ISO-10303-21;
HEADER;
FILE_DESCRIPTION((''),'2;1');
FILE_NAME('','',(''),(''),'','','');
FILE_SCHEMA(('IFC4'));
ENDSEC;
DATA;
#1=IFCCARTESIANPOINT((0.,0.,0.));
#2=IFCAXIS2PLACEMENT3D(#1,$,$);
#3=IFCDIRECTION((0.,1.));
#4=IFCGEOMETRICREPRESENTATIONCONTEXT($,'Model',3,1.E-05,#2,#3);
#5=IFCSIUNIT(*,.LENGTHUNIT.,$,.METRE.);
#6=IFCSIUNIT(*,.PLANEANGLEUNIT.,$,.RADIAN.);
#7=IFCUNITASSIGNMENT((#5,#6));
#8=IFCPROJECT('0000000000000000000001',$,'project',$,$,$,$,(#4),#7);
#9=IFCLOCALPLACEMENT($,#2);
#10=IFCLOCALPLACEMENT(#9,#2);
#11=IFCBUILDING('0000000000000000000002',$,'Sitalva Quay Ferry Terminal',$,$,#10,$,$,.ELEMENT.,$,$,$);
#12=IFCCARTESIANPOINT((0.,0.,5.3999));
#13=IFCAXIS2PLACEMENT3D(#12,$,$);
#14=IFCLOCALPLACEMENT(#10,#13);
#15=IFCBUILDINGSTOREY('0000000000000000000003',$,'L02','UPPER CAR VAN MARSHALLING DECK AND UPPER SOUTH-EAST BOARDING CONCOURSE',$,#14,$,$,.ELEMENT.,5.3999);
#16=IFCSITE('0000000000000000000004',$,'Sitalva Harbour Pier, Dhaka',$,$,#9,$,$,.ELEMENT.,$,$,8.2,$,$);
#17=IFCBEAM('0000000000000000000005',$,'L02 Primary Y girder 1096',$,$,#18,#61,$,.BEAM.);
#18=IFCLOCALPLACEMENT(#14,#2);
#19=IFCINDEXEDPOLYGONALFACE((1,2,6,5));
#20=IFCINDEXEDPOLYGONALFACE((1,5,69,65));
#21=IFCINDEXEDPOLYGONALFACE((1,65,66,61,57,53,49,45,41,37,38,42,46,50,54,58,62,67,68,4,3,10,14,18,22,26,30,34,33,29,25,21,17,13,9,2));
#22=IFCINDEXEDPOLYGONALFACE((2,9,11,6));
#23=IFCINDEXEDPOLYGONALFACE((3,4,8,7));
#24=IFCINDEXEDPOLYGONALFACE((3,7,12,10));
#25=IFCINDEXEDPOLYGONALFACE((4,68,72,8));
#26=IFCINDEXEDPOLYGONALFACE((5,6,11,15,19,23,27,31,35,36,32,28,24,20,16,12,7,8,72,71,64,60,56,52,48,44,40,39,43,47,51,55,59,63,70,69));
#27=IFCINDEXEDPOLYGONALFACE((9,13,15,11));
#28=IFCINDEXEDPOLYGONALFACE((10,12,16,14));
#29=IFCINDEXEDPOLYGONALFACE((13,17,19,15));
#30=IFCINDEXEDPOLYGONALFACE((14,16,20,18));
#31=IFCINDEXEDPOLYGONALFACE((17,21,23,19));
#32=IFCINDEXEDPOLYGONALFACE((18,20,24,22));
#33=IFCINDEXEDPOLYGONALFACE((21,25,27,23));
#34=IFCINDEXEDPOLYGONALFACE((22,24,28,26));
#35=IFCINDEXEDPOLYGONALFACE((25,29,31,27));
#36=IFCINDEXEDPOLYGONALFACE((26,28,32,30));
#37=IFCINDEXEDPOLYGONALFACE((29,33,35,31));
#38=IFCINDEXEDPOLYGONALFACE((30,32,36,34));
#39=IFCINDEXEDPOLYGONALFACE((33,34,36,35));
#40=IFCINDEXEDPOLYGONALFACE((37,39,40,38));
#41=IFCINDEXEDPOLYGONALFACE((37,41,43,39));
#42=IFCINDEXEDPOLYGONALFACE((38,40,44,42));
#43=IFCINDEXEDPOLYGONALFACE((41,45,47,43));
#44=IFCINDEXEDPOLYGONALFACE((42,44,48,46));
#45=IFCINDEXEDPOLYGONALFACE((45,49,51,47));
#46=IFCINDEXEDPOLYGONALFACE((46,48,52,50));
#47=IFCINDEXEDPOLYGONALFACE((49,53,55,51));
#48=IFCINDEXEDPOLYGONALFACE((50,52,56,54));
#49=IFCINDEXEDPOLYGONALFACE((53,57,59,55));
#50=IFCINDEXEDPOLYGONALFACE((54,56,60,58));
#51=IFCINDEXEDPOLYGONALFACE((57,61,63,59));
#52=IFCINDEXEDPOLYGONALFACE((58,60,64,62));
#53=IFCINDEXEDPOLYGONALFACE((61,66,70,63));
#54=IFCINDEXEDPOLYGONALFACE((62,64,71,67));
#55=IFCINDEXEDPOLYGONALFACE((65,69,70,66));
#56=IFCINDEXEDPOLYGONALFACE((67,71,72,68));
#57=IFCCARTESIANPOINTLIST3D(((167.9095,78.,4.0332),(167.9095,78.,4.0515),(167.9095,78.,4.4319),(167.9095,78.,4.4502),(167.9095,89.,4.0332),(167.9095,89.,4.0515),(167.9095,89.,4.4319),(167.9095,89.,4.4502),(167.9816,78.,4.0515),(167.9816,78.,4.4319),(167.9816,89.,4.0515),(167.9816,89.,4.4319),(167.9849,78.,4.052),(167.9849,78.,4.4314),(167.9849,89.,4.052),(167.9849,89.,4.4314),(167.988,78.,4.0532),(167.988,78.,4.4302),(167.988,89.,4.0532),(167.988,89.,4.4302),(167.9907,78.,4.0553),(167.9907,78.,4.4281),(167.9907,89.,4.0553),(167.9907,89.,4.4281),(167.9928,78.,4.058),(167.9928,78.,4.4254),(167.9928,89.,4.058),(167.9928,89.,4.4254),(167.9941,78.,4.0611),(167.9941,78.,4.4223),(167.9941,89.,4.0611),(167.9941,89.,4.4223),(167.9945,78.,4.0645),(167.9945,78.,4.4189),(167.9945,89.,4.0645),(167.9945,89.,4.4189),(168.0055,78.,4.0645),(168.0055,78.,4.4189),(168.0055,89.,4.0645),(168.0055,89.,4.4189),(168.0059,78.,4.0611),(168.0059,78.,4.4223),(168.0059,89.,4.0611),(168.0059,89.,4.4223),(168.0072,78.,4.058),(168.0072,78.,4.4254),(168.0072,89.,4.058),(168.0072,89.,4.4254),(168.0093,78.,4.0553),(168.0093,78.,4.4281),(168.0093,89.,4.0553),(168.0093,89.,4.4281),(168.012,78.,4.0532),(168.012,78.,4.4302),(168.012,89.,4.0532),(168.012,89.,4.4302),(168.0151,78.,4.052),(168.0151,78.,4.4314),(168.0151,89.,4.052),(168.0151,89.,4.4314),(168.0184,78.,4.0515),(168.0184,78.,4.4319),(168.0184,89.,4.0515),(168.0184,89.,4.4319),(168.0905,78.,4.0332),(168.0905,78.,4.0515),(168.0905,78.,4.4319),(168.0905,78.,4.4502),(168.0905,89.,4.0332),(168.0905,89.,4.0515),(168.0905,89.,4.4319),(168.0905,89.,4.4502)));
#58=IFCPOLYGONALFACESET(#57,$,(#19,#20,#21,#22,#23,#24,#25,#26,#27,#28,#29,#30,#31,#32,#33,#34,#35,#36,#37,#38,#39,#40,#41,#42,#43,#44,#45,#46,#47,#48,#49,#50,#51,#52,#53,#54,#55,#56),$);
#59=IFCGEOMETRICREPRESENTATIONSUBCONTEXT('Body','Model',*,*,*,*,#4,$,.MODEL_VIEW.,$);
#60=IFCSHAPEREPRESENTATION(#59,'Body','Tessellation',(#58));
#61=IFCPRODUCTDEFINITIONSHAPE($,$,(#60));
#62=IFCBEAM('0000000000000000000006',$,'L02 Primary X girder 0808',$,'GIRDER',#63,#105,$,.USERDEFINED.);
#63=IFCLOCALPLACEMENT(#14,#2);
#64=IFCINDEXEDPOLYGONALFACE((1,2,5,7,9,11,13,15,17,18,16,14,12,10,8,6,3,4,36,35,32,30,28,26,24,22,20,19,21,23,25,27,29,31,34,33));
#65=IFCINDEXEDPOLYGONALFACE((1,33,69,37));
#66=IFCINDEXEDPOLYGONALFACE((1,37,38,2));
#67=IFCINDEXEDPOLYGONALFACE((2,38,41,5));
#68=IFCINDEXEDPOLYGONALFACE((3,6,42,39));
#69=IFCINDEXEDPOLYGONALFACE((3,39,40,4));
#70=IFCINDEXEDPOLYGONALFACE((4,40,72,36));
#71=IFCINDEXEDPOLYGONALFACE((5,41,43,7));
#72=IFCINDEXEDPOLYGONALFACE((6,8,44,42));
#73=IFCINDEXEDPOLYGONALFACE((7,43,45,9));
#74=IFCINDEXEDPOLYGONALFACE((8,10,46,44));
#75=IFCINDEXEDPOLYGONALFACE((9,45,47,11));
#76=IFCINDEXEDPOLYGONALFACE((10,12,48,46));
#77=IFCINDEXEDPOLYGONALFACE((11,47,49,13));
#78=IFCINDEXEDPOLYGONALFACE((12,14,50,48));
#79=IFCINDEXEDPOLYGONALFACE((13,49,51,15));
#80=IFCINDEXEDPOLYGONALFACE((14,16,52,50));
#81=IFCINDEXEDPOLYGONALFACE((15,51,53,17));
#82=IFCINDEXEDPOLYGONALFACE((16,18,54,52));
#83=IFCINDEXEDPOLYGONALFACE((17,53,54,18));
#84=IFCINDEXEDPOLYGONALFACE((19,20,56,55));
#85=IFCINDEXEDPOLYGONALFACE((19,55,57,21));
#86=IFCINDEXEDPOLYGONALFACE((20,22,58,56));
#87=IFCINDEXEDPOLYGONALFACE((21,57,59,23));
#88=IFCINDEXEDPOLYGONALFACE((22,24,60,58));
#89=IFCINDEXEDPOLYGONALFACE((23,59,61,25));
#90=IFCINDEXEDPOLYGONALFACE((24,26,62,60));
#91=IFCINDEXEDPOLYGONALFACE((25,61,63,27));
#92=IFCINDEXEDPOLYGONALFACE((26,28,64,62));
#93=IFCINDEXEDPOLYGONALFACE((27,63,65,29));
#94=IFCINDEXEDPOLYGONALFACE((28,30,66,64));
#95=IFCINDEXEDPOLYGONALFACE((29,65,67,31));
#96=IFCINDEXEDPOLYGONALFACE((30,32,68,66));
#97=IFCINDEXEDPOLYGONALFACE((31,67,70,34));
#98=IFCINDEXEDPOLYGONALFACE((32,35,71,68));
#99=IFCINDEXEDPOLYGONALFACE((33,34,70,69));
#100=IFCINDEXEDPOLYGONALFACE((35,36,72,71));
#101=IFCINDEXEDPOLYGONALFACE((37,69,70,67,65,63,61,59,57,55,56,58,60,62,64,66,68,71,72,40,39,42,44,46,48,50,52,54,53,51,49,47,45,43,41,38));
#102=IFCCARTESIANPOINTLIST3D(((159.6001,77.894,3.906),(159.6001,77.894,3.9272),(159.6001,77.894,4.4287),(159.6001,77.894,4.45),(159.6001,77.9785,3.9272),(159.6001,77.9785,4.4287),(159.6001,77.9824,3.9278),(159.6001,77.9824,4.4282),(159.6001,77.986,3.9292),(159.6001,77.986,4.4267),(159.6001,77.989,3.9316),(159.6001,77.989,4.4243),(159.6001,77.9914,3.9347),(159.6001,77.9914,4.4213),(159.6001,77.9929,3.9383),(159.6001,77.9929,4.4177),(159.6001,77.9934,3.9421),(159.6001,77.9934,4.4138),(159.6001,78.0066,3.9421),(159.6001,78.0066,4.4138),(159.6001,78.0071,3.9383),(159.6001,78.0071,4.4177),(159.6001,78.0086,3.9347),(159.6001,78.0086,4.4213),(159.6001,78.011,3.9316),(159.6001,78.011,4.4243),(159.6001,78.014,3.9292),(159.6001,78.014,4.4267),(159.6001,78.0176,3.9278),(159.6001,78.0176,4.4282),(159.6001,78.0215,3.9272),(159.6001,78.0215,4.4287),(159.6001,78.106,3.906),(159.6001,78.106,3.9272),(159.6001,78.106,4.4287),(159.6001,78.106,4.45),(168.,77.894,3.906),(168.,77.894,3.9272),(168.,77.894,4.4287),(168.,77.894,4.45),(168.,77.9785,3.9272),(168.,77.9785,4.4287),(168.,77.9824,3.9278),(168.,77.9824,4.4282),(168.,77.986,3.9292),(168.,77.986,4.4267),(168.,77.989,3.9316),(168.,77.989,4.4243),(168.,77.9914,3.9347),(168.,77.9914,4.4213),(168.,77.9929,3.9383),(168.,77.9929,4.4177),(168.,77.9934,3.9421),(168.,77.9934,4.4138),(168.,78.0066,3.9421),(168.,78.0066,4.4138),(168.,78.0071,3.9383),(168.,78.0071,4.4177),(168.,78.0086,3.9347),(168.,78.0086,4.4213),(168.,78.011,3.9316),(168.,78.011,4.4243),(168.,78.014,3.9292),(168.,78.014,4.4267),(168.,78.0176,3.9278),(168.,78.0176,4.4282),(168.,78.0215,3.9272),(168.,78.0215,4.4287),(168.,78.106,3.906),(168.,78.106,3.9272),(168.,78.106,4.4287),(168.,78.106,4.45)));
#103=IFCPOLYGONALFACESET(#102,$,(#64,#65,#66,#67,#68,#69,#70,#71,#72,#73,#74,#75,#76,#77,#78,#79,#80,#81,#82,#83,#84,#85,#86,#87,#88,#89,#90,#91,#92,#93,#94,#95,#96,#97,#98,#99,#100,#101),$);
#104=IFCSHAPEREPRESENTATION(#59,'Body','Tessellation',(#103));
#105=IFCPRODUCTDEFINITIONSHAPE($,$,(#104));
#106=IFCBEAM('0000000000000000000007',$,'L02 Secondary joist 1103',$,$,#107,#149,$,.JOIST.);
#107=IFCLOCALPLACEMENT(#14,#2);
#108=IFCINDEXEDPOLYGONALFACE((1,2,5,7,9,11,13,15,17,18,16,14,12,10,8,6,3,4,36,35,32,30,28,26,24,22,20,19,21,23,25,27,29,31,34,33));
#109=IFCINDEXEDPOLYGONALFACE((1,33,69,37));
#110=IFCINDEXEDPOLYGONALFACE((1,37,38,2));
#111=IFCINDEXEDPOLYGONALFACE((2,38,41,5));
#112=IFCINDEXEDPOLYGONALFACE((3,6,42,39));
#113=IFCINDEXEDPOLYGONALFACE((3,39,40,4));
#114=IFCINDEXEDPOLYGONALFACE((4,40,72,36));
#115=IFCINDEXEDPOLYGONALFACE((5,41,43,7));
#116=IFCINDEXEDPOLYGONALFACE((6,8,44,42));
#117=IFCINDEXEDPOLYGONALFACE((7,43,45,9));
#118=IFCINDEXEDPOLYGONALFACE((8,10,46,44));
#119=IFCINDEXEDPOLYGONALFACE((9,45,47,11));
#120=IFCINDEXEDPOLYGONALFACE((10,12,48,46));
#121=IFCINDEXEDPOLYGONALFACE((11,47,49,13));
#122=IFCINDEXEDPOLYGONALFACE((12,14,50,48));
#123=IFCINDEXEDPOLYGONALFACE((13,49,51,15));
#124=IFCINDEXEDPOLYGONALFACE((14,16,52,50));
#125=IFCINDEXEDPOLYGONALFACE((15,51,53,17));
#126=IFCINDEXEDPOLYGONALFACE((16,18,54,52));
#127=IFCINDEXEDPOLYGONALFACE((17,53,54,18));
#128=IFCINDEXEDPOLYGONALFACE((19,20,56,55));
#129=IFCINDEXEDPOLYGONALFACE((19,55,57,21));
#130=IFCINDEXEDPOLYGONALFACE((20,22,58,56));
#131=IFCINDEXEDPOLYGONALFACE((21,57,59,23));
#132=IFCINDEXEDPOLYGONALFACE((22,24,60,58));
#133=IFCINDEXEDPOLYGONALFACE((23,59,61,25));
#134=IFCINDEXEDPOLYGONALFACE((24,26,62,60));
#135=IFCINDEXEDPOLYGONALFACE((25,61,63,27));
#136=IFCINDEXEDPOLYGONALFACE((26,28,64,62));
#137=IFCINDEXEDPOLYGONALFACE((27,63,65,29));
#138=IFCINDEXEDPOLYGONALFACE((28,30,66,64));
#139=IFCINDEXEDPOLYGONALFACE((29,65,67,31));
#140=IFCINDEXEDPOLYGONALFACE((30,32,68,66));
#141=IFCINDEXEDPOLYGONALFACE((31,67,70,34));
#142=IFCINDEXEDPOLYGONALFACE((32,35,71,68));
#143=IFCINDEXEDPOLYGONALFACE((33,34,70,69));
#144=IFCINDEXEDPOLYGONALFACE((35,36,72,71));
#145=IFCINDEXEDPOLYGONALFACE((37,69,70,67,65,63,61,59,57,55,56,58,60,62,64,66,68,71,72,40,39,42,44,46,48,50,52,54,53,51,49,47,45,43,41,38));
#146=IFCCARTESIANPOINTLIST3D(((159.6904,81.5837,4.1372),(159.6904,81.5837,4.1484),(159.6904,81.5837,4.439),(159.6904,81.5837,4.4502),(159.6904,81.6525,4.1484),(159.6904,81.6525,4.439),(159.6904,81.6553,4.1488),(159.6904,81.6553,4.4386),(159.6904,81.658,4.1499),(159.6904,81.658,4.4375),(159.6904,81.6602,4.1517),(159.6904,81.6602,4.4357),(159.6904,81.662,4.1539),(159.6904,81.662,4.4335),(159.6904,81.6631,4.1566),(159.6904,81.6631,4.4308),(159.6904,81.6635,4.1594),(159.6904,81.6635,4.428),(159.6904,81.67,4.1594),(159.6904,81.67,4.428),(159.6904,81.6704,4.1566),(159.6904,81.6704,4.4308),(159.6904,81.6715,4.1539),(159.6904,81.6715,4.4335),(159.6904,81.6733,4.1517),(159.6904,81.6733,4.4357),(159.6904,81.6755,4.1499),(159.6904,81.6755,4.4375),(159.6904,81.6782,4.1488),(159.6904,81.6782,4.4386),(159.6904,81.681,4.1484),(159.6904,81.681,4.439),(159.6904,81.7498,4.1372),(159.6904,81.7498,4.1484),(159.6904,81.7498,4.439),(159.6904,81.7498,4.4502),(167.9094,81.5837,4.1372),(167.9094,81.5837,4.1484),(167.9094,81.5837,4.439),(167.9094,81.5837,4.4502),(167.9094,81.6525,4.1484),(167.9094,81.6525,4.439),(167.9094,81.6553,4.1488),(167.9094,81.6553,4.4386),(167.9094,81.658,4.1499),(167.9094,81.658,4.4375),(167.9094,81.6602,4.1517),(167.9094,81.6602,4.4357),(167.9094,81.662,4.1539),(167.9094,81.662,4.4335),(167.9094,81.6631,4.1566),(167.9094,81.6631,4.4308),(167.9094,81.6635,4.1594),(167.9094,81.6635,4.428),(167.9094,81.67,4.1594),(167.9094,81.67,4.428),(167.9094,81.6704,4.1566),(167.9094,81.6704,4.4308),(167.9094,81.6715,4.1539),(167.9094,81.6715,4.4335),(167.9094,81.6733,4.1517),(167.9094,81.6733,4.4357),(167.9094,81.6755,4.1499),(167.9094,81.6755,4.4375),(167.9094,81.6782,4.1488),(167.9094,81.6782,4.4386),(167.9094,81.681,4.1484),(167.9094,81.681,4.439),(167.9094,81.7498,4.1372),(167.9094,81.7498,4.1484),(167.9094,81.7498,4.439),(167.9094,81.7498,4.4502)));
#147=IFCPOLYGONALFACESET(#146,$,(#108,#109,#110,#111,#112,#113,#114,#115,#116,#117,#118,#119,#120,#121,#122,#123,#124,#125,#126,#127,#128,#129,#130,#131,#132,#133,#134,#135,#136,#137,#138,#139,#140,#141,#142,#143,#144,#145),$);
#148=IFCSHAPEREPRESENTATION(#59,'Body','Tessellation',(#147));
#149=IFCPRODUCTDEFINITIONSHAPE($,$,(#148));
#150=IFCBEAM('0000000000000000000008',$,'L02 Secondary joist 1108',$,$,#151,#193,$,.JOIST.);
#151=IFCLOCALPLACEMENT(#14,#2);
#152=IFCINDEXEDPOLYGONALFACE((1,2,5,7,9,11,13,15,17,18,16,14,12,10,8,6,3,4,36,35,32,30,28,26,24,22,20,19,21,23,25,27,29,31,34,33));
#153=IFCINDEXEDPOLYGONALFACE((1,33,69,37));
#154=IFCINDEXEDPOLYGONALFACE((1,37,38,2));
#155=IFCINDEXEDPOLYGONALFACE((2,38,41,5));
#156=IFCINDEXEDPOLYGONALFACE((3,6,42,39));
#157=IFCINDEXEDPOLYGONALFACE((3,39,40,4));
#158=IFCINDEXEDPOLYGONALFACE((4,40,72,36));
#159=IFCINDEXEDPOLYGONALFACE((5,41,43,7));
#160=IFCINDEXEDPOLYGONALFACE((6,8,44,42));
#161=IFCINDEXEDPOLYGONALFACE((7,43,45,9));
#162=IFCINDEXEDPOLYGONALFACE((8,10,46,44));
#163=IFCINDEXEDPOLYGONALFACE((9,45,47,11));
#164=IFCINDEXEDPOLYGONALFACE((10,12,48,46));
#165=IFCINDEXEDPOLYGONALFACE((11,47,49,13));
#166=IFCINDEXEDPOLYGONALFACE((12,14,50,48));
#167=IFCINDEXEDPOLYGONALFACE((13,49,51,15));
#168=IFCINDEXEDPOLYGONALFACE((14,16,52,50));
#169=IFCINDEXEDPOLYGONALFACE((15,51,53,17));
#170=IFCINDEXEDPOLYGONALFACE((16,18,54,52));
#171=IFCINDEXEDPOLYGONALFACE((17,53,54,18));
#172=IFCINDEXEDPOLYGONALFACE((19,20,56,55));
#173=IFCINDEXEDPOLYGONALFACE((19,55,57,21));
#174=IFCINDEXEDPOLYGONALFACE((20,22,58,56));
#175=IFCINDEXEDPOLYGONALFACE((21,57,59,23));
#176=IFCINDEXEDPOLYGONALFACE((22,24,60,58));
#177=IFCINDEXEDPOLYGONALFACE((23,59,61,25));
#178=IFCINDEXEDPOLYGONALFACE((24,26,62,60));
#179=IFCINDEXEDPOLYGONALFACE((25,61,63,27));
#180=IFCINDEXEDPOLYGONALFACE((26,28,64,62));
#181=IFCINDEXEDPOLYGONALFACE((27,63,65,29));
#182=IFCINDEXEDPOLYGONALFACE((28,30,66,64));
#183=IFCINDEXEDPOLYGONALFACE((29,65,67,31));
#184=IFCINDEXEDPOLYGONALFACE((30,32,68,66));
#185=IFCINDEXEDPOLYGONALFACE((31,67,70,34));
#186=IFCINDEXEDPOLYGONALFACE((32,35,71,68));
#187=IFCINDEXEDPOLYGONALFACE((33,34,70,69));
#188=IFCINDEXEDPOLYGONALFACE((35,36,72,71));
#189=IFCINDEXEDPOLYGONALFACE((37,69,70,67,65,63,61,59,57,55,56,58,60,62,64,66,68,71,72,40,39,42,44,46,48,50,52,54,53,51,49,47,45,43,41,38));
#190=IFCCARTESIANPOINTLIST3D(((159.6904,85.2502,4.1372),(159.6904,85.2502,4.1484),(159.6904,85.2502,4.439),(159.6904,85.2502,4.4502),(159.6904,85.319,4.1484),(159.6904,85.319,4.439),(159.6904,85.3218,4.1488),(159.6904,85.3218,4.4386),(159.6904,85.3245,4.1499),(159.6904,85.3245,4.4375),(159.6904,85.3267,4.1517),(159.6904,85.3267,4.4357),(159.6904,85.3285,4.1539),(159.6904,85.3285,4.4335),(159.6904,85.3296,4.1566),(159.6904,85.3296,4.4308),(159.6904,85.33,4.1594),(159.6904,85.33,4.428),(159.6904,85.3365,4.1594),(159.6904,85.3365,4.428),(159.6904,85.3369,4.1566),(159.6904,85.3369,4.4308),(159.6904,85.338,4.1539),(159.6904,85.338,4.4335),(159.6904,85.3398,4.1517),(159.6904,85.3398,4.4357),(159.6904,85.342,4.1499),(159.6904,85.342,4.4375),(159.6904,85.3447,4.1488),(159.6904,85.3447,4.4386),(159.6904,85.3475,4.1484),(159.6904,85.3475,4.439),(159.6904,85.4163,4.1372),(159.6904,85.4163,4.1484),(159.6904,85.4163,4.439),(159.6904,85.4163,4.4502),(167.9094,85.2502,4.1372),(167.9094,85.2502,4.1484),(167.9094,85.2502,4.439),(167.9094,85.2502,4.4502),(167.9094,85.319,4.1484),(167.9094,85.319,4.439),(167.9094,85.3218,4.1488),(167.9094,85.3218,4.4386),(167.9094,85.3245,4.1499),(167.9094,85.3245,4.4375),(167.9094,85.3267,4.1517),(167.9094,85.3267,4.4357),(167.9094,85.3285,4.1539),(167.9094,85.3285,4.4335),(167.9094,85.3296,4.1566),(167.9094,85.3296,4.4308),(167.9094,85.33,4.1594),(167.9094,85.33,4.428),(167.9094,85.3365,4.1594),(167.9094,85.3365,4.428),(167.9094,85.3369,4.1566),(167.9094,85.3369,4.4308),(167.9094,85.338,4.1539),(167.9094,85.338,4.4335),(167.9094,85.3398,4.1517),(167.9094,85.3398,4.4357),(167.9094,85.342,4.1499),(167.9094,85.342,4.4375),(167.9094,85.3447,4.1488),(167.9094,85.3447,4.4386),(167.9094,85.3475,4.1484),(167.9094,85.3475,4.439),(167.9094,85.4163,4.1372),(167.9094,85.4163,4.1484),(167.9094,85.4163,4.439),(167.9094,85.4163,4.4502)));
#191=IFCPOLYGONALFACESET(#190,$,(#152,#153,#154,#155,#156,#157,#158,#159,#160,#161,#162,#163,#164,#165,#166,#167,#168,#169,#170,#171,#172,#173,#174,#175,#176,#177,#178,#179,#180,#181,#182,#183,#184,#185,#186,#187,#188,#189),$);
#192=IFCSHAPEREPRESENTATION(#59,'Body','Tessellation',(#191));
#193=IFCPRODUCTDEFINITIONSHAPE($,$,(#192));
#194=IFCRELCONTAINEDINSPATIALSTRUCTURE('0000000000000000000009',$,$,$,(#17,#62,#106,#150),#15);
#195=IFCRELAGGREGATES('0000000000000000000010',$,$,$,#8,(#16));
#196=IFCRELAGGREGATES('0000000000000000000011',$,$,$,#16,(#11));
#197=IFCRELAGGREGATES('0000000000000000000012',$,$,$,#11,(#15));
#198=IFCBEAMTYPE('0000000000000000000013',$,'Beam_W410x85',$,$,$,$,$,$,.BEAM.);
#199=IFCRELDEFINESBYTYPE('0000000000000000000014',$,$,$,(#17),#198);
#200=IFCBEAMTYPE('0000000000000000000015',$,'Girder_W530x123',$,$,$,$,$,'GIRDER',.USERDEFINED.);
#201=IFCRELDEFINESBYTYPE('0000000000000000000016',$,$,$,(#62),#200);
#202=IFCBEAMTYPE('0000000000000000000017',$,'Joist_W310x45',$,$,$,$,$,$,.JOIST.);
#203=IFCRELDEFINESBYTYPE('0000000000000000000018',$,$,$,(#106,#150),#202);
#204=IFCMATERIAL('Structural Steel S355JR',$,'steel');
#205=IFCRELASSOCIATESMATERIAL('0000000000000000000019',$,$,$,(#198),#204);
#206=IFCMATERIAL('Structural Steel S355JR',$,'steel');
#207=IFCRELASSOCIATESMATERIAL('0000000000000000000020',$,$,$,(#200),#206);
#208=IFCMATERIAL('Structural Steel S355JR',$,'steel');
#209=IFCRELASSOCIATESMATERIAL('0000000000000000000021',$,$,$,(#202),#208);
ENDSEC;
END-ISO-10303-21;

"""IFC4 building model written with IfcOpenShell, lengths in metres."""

from ifc_helpers import new_model, si_unit, direction, frame, origin, origin_2d, place, context, subcontext, project, spatial, i_section, extrude, material, material_profile, profile_set, type_object, element, save


model = new_model("IFC4")

# Units and contexts
model_context = context("Model", 3, precision=1e-05, world=origin(), true_north=direction((0.0, 1.0)))
body_context = subcontext(model_context, "Body", "Model", "MODEL_VIEW")
ifc_project = project(units=[si_unit("LENGTHUNIT", "METRE"), si_unit("PLANEANGLEUNIT", "RADIAN")], contexts=[model_context])

# Site, building, storey
site_placement = place(None, origin())
site = spatial("IfcSite", under=ifc_project, at=site_placement, Name="Sitalva Harbour Pier, Dhaka", CompositionType="ELEMENT", RefElevation=8.2)
building_placement = place(site_placement, origin())
building = spatial("IfcBuilding", under=site, at=building_placement, Name="Sitalva Quay Ferry Terminal", CompositionType="ELEMENT")
storey_placement = place(building_placement, frame((0.0, 0.0, 5.3999)))
storey = spatial("IfcBuildingStorey", under=building, at=storey_placement, Name="L02", Description="UPPER CAR VAN MARSHALLING DECK AND UPPER SOUTH-EAST BOARDING CONCOURSE", CompositionType="ELEMENT", Elevation=5.3999)

# Beams
ifc_material_1 = material(Name="Structural Steel S355JR", Category="steel")
ifc_material_profile_1 = material_profile(ifc_material_1, i_section(OverallWidth=0.1809, OverallDepth=0.417, WebThickness=0.011, FlangeThickness=0.0183, FilletRadius=0.0129, at=origin_2d()), Name="W410x85")
ifc_profile_set_1 = profile_set([ifc_material_profile_1], Name="Structural Steel S355JR")
beam_type_1 = type_object("IfcBeamType", Name="Beam_W410x85", PredefinedType="BEAM", material=ifc_profile_set_1)
for number, where, z_axis, x_axis, name in (
    (1, (168.0, 78.0, 4.2417), (0.0, 1.0, 0.0), (-1.0, 0.0, 0.0), "L02 Primary Y girder 1096"),
):
    element("IfcBeam", number, at=place(storey_placement, frame(where, z_axis=z_axis, x_axis=x_axis)), inside=storey, type_object=beam_type_1, Name=name, PredefinedType="BEAM", context=body_context, shape_type="SweptSolid", body=[
        extrude(i_section(OverallWidth=0.1809, OverallDepth=0.417, WebThickness=0.011, FlangeThickness=0.0183, FilletRadius=0.0129, at=origin_2d()), origin(), (0.0, 0.0, 1.0), 11.0),
    ])
ifc_material_2 = material(Name="Structural Steel S355JR", Category="steel")
ifc_material_profile_2 = material_profile(ifc_material_2, i_section(OverallWidth=0.2119, OverallDepth=0.5439, WebThickness=0.0132, FlangeThickness=0.0212, FilletRadius=0.0149, at=origin_2d()), Name="W530x123")
ifc_profile_set_2 = profile_set([ifc_material_profile_2], Name="Structural Steel S355JR")
beam_type_2 = type_object("IfcBeamType", Name="Girder_W530x123", ElementType="GIRDER", PredefinedType="USERDEFINED", material=ifc_profile_set_2)
beam_placement = place(storey_placement, frame((159.6001, 78.0, 4.178), z_axis=(1.0, 0.0, 0.0), x_axis=(0.0, 1.0, 0.0)))
element("IfcBeam", 2, at=beam_placement, inside=storey, type_object=beam_type_2, Name="L02 Primary X girder 0808", ObjectType="GIRDER", PredefinedType="USERDEFINED", context=body_context, shape_type="SweptSolid", body=[
    extrude(i_section(OverallWidth=0.2119, OverallDepth=0.5439, WebThickness=0.0132, FlangeThickness=0.0212, FilletRadius=0.0149, at=origin_2d()), origin(), (0.0, 0.0, 1.0), 8.3999),
])
ifc_material_3 = material(Name="Structural Steel S355JR", Category="steel")
ifc_material_profile_3 = material_profile(ifc_material_3, i_section(OverallWidth=0.166, OverallDepth=0.313, WebThickness=0.0066, FlangeThickness=0.0112, FilletRadius=0.011, at=origin_2d()), Name="W310x45")
ifc_profile_set_3 = profile_set([ifc_material_profile_3], Name="Structural Steel S355JR")
beam_type_3 = type_object("IfcBeamType", Name="Joist_W310x45", PredefinedType="JOIST", material=ifc_profile_set_3)
for number, where, z_axis, x_axis, name in (
    (3, (159.6904, 81.6667, 4.2937), (1.0, 0.0, 0.0), (0.0, 1.0, 0.0), "L02 Secondary joist 1103"),
    (4, (159.6904, 85.3333, 4.2937), (1.0, 0.0, 0.0), (0.0, 1.0, 0.0), "L02 Secondary joist 1108"),
):
    element("IfcBeam", number, at=place(storey_placement, frame(where, z_axis=z_axis, x_axis=x_axis)), inside=storey, type_object=beam_type_3, Name=name, PredefinedType="JOIST", context=body_context, shape_type="SweptSolid", body=[
        extrude(i_section(OverallWidth=0.166, OverallDepth=0.313, WebThickness=0.0066, FlangeThickness=0.0112, FilletRadius=0.011, at=origin_2d()), origin(), (0.0, 0.0, 1.0), 8.219),
    ])

save(model, "model.ifc")
